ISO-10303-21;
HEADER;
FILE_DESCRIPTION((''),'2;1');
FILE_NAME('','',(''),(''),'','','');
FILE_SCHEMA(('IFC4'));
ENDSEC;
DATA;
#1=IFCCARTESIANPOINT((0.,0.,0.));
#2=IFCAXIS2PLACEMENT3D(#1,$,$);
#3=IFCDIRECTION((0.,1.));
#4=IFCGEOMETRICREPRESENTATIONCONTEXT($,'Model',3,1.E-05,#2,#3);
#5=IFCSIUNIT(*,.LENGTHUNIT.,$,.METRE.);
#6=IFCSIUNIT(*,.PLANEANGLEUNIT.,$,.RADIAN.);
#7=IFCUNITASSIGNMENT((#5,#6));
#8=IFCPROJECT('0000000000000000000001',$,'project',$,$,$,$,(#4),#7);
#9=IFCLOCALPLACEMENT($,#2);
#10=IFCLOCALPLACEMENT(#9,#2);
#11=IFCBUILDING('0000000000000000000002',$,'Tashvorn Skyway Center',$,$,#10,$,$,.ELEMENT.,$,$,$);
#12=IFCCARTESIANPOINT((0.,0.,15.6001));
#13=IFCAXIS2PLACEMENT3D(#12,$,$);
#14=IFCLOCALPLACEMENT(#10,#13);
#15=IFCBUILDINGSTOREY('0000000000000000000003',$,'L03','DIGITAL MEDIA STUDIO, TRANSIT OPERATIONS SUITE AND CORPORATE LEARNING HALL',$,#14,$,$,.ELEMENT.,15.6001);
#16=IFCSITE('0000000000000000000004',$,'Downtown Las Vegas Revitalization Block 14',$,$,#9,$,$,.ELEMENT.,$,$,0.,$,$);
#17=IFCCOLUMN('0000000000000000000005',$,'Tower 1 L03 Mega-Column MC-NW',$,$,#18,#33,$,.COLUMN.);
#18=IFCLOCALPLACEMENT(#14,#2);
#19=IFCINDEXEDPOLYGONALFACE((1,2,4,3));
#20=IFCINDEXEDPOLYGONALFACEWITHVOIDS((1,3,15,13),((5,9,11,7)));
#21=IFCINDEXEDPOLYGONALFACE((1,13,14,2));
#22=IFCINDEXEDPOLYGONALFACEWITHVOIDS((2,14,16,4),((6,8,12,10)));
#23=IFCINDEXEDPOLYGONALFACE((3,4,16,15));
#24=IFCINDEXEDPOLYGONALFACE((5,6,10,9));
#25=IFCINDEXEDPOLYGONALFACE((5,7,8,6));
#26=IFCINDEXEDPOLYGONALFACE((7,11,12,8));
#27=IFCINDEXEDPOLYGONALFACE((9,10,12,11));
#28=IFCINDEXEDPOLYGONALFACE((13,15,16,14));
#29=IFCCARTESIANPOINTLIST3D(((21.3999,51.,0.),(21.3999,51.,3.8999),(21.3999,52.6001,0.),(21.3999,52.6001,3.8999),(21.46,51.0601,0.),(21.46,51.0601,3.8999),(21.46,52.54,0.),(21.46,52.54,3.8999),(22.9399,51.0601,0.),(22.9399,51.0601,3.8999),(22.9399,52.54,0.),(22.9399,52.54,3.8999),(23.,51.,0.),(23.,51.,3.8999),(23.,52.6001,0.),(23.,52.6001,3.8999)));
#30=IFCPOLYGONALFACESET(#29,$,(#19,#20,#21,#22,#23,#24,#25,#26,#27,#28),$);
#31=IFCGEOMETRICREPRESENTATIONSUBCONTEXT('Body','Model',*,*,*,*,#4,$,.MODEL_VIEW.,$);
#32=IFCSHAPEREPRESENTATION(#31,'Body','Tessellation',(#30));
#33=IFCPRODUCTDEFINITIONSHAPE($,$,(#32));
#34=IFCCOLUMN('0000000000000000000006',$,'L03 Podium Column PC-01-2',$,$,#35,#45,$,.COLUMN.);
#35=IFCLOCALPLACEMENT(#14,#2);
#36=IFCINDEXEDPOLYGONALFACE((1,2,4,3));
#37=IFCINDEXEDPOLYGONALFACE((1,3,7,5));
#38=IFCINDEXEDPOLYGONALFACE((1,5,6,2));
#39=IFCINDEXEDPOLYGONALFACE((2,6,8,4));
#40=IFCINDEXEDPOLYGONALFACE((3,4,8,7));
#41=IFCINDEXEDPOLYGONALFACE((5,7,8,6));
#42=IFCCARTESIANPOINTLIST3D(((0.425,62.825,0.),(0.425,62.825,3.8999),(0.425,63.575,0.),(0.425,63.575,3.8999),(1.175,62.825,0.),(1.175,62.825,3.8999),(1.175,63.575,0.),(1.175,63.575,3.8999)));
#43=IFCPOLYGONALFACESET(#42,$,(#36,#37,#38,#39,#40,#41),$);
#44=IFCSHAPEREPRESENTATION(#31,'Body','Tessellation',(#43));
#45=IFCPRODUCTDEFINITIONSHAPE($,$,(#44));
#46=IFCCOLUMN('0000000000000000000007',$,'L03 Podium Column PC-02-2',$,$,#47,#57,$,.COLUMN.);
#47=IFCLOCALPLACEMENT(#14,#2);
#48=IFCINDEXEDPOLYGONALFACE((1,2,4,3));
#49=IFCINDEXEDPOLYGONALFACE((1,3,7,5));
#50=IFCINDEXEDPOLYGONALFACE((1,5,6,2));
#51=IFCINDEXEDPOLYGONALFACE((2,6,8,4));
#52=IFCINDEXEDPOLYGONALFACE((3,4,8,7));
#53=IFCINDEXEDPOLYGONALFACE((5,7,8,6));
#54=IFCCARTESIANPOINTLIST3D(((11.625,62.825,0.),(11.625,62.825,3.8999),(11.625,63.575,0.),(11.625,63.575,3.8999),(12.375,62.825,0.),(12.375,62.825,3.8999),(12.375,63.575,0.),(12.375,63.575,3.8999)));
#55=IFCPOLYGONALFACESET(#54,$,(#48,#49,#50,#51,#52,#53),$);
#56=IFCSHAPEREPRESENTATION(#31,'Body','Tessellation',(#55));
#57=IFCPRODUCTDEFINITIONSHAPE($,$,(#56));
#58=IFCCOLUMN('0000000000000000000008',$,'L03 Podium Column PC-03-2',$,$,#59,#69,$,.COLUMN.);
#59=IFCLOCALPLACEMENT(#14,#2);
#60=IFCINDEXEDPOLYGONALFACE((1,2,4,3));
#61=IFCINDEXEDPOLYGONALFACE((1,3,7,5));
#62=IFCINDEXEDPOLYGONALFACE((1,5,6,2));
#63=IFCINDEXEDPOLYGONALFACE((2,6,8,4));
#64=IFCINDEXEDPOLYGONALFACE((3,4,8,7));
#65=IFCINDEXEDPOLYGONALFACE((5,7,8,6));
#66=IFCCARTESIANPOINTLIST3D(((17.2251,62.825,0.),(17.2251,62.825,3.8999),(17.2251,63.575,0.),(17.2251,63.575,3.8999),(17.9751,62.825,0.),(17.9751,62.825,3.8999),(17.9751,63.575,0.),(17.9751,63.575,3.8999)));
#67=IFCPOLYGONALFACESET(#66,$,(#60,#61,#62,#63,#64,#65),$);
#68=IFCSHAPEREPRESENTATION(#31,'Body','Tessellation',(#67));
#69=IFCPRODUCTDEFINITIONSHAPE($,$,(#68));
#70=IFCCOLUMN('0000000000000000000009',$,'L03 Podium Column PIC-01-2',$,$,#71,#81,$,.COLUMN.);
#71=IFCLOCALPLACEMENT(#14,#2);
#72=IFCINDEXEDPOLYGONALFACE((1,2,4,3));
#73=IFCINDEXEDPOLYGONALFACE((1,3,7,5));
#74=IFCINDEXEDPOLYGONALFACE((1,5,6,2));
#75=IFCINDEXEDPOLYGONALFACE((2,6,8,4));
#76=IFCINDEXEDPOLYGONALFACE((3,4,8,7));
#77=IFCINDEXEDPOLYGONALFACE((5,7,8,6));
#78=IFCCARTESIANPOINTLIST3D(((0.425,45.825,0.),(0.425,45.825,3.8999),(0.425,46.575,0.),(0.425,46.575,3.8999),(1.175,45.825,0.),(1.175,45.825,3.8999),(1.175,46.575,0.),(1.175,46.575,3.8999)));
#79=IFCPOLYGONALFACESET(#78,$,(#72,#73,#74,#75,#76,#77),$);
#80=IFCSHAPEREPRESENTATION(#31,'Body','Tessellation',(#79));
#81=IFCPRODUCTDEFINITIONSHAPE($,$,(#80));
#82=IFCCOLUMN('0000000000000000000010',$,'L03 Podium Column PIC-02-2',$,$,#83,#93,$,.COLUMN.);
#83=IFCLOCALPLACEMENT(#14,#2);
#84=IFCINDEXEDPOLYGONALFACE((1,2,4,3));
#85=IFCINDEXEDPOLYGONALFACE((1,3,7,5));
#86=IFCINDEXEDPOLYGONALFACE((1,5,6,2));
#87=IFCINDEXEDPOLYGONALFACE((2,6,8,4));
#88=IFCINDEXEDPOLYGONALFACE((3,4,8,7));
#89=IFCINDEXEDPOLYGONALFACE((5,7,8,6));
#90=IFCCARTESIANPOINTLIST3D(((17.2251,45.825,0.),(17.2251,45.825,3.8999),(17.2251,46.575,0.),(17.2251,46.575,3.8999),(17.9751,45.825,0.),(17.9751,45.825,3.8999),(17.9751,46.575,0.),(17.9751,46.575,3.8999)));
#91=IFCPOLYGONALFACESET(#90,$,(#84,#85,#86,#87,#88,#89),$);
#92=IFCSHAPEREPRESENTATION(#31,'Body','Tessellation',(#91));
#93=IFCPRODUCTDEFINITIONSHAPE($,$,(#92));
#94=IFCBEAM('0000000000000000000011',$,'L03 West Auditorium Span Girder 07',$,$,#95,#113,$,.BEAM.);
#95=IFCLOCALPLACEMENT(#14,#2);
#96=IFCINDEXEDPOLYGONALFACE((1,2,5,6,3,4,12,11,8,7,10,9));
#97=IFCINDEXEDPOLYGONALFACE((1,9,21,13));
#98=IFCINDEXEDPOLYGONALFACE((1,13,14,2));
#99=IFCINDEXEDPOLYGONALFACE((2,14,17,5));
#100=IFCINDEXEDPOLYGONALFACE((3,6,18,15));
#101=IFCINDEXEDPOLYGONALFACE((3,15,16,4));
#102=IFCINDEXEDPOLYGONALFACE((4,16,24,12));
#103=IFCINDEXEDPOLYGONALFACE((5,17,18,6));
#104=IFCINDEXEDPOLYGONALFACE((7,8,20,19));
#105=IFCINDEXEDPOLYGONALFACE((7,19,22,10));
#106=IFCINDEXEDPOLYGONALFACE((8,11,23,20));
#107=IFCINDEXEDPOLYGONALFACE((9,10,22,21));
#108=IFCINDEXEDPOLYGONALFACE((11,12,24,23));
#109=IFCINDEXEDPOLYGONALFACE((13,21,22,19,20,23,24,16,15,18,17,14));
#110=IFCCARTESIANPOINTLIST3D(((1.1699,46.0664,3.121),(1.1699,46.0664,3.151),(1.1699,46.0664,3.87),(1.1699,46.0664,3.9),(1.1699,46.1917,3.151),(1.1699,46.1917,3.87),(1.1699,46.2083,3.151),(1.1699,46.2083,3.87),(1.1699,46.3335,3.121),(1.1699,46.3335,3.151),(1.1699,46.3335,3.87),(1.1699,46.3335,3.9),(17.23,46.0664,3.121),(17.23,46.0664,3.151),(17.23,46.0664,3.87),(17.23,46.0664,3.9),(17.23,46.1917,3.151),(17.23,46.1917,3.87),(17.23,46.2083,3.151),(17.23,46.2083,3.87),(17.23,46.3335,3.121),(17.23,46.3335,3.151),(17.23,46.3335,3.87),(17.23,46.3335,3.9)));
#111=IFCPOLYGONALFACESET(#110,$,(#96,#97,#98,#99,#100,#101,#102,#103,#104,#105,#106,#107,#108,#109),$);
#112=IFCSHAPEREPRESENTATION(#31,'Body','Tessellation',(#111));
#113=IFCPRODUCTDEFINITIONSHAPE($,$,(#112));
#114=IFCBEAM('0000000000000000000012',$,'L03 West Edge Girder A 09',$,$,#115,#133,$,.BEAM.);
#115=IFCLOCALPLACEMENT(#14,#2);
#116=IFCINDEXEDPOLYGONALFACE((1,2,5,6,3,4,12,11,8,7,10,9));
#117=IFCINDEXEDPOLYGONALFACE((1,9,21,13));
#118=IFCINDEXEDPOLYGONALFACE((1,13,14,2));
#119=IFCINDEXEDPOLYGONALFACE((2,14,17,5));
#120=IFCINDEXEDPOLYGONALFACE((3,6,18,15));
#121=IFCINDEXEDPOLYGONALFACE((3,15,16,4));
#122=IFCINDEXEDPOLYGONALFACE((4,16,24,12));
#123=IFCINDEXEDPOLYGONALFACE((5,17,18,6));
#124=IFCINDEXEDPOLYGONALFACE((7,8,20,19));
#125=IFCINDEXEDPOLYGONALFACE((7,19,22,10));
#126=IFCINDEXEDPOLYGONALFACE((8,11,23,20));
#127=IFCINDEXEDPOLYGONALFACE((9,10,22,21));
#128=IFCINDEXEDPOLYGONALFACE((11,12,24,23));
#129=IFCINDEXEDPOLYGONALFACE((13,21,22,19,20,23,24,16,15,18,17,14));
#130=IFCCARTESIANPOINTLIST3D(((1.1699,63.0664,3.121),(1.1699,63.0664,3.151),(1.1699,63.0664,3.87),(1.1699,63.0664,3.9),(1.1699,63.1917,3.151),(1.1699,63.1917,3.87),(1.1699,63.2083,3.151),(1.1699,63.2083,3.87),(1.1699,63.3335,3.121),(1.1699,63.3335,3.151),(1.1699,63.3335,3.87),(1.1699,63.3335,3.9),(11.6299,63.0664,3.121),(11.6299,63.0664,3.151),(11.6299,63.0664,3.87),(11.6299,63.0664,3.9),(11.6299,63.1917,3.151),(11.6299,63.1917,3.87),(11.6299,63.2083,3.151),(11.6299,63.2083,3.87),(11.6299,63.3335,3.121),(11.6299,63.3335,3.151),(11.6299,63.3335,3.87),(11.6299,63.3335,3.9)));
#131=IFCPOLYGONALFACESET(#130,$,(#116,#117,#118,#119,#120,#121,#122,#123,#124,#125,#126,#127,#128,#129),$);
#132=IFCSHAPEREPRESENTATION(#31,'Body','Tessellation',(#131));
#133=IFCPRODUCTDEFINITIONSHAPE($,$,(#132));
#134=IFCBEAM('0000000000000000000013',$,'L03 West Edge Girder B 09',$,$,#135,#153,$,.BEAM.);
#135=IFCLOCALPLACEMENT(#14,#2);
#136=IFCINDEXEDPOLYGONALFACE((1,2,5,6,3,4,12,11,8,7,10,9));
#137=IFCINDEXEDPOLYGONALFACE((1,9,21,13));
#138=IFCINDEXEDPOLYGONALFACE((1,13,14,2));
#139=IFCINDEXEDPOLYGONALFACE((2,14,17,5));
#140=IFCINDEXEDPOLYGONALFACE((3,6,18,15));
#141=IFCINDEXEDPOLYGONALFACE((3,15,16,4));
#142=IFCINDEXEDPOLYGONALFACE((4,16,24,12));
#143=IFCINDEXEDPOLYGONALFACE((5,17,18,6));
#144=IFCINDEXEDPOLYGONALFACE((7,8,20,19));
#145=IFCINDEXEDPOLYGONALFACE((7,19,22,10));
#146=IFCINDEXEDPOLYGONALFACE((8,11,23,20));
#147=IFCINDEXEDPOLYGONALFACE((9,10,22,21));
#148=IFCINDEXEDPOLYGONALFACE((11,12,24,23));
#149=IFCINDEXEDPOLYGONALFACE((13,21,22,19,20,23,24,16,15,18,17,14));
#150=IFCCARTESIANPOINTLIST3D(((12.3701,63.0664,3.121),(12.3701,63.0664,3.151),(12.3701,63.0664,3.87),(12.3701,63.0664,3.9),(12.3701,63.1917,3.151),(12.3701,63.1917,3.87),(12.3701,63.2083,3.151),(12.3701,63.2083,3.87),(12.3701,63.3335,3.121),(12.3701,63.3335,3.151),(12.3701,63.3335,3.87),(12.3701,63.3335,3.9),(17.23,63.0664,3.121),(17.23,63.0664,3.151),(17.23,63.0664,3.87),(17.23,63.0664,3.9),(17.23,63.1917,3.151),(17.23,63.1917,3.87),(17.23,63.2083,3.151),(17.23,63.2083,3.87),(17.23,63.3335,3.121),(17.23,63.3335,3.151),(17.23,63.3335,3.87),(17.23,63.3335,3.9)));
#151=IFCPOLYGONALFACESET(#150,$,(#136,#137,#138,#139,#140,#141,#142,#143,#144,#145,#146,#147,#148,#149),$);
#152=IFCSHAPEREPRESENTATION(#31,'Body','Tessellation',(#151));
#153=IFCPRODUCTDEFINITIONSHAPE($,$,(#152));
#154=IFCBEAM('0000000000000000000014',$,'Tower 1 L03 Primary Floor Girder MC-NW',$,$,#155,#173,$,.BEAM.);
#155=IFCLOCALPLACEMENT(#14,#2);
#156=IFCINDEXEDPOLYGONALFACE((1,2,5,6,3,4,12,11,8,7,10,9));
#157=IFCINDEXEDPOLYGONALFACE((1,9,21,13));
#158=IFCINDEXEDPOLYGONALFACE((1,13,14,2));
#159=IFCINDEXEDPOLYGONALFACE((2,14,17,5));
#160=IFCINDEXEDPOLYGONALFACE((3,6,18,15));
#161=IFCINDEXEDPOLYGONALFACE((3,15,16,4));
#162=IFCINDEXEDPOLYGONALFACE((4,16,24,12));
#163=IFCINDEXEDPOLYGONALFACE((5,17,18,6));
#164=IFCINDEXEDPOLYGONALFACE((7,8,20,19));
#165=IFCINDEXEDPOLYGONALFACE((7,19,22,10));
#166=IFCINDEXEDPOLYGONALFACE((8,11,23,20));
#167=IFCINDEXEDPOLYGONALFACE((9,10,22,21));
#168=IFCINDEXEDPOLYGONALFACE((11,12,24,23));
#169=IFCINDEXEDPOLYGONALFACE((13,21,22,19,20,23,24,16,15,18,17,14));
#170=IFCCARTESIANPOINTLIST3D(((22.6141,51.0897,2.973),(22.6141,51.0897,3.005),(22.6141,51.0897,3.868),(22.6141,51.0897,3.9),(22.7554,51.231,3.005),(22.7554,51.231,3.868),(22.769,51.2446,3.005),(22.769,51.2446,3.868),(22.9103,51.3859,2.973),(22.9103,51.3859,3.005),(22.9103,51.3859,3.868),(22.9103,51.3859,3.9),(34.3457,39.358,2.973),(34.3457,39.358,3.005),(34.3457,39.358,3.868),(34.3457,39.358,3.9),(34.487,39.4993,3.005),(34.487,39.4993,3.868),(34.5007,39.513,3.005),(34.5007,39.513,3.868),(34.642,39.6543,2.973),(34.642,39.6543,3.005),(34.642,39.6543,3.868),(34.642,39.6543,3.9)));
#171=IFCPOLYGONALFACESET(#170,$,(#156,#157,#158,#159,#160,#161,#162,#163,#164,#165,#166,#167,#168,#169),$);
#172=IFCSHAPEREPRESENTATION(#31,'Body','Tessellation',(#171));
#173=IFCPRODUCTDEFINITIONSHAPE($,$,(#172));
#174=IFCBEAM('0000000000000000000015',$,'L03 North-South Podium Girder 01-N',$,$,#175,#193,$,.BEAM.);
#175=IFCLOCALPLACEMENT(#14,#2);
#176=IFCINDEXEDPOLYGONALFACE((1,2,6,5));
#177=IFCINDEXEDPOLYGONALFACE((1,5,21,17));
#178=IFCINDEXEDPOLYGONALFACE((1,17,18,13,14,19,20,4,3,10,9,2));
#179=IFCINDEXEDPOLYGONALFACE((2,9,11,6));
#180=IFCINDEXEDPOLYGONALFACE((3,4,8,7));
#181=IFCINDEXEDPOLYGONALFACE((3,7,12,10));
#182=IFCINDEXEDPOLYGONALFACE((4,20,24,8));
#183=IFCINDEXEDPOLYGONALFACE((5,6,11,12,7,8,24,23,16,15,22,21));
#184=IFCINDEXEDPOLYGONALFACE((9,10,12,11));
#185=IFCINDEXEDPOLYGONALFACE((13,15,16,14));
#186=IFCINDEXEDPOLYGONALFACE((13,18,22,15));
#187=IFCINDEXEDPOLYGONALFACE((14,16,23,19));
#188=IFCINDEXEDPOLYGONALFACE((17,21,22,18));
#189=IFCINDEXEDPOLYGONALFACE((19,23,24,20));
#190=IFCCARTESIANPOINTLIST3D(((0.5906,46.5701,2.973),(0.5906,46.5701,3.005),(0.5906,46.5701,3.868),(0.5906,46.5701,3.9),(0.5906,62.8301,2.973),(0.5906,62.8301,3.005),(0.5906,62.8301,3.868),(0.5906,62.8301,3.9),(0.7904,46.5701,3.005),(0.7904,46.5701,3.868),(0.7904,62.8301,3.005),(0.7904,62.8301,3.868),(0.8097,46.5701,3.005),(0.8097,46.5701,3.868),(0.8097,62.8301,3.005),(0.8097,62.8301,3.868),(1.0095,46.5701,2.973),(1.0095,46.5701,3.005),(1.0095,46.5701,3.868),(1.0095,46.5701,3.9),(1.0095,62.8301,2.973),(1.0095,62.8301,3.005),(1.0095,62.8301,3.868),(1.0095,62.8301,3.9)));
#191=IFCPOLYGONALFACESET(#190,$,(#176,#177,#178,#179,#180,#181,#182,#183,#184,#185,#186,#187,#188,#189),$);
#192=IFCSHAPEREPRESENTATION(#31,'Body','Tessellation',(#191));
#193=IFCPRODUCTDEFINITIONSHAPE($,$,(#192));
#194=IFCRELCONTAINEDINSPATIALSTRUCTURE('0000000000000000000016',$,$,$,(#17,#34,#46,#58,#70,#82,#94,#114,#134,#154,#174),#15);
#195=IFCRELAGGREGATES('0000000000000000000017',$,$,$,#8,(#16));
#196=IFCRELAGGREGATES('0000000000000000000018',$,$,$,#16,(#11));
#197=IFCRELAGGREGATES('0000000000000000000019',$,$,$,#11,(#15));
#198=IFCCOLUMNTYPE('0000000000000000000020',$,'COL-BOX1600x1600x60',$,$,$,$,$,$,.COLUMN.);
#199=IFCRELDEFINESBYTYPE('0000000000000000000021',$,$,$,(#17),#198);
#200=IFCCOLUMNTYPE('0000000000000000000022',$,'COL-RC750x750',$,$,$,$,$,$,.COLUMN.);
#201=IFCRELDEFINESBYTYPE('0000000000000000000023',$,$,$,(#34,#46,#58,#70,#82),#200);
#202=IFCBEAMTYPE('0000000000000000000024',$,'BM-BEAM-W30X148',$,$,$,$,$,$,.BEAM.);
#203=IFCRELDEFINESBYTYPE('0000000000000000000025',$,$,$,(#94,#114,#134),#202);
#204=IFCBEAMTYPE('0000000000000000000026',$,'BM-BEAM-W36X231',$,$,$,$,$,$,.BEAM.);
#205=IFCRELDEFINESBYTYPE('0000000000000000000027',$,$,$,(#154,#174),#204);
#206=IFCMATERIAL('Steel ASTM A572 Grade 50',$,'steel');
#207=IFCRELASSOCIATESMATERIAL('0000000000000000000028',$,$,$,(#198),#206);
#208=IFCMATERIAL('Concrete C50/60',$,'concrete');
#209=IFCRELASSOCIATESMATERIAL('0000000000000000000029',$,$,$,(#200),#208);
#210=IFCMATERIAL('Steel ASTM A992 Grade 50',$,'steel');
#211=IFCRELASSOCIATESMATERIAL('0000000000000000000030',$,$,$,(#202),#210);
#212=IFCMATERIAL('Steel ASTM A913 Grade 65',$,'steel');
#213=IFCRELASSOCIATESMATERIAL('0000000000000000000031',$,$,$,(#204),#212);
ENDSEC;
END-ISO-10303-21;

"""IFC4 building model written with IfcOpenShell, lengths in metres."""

from ifc_helpers import new_model, si_unit, direction, frame, origin, origin_2d, place, context, subcontext, project, spatial, rectangle, hollow_rectangle, i_section, extrude, material, material_profile, profile_set, type_object, element, save


model = new_model("IFC4")

# Units and contexts
model_context = context("Model", 3, precision=1e-05, world=origin(), true_north=direction((0.0, 1.0)))
body_context = subcontext(model_context, "Body", "Model", "MODEL_VIEW")
ifc_project = project(units=[si_unit("LENGTHUNIT", "METRE"), si_unit("PLANEANGLEUNIT", "RADIAN")], contexts=[model_context])

# Site, building, storey
site_placement = place(None, origin())
site = spatial("IfcSite", under=ifc_project, at=site_placement, Name="Downtown Las Vegas Revitalization Block 14", CompositionType="ELEMENT", RefElevation=0.0)
building_placement = place(site_placement, origin())
building = spatial("IfcBuilding", under=site, at=building_placement, Name="Tashvorn Skyway Center", CompositionType="ELEMENT")
storey_placement = place(building_placement, frame((0.0, 0.0, 15.6001)))
storey = spatial("IfcBuildingStorey", under=building, at=storey_placement, Name="L03", Description="DIGITAL MEDIA STUDIO, TRANSIT OPERATIONS SUITE AND CORPORATE LEARNING HALL", CompositionType="ELEMENT", Elevation=15.6001)

# Columns
ifc_material_1 = material(Name="Steel ASTM A572 Grade 50", Category="steel")
ifc_material_profile_1 = material_profile(ifc_material_1, hollow_rectangle(XDim=1.6001, YDim=1.6001, WallThickness=0.0601, at=origin_2d()), Name="BOX1600x1600x60")
ifc_profile_set_1 = profile_set([ifc_material_profile_1], Name="Steel ASTM A572 Grade 50")
column_type_1 = type_object("IfcColumnType", Name="COL-BOX1600x1600x60", PredefinedType="COLUMN", material=ifc_profile_set_1)
column_placement = place(storey_placement, frame((22.2, 51.8, 0.0), z_axis=(0.0, 0.0, 1.0), x_axis=(1.0, 0.0, 0.0)))
element("IfcColumn", 1, at=column_placement, inside=storey, type_object=column_type_1, Name="Tower 1 L03 Mega-Column MC-NW", PredefinedType="COLUMN", context=body_context, shape_type="SweptSolid", body=[
    extrude(hollow_rectangle(XDim=1.6001, YDim=1.6001, WallThickness=0.0601, at=origin_2d()), origin(), (0.0, 0.0, 1.0), 3.8999),
])
ifc_material_2 = material(Name="Concrete C50/60", Category="concrete")
ifc_material_profile_2 = material_profile(ifc_material_2, rectangle(XDim=0.75, YDim=0.75, at=origin_2d()), Name="RC750x750")
ifc_profile_set_2 = profile_set([ifc_material_profile_2], Name="Concrete C50/60")
column_type_2 = type_object("IfcColumnType", Name="COL-RC750x750", PredefinedType="COLUMN", material=ifc_profile_set_2)
for number, where, z_axis, x_axis, name in (
    (2, (0.8, 63.2, 0.0), (0.0, 0.0, 1.0), (1.0, 0.0, 0.0), "L03 Podium Column PC-01-2"),
    (3, (12.0, 63.2, 0.0), (0.0, 0.0, 1.0), (1.0, 0.0, 0.0), "L03 Podium Column PC-02-2"),
    (4, (17.6001, 63.2, 0.0), (0.0, 0.0, 1.0), (1.0, 0.0, 0.0), "L03 Podium Column PC-03-2"),
    (5, (0.8, 46.2, 0.0), (0.0, 0.0, 1.0), (1.0, 0.0, 0.0), "L03 Podium Column PIC-01-2"),
    (6, (17.6001, 46.2, 0.0), (0.0, 0.0, 1.0), (1.0, 0.0, 0.0), "L03 Podium Column PIC-02-2"),
):
    element("IfcColumn", number, at=place(storey_placement, frame(where, z_axis=z_axis, x_axis=x_axis)), inside=storey, type_object=column_type_2, Name=name, PredefinedType="COLUMN", context=body_context, shape_type="SweptSolid", body=[
        extrude(rectangle(XDim=0.75, YDim=0.75, at=origin_2d()), origin(), (0.0, 0.0, 1.0), 3.8999),
    ])

# Beams
ifc_material_3 = material(Name="Steel ASTM A992 Grade 50", Category="steel")
ifc_material_profile_3 = material_profile(ifc_material_3, i_section(OverallWidth=0.2671, OverallDepth=0.7791, WebThickness=0.0166, FlangeThickness=0.03, at=origin_2d()), Name="W30X148")
ifc_profile_set_3 = profile_set([ifc_material_profile_3], Name="Steel ASTM A992 Grade 50")
beam_type_1 = type_object("IfcBeamType", Name="BM-BEAM-W30X148", PredefinedType="BEAM", material=ifc_profile_set_3)
beam_1_placement = place(storey_placement, frame((1.1699, 46.2, 3.5105), z_axis=(1.0, 0.0, 0.0), x_axis=(0.0, 1.0, 0.0)))
element("IfcBeam", 7, at=beam_1_placement, inside=storey, type_object=beam_type_1, Name="L03 West Auditorium Span Girder 07", PredefinedType="BEAM", context=body_context, shape_type="SweptSolid", body=[
    extrude(i_section(OverallWidth=0.2671, OverallDepth=0.7791, WebThickness=0.0166, FlangeThickness=0.03, at=origin_2d()), origin(), (0.0, 0.0, 1.0), 16.0601),
])
beam_2_placement = place(storey_placement, frame((1.1699, 63.2, 3.5105), z_axis=(1.0, 0.0, 0.0), x_axis=(0.0, 1.0, 0.0)))
element("IfcBeam", 8, at=beam_2_placement, inside=storey, type_object=beam_type_1, Name="L03 West Edge Girder A 09", PredefinedType="BEAM", context=body_context, shape_type="SweptSolid", body=[
    extrude(i_section(OverallWidth=0.2671, OverallDepth=0.7791, WebThickness=0.0166, FlangeThickness=0.03, at=origin_2d()), origin(), (0.0, 0.0, 1.0), 10.46),
])
beam_3_placement = place(storey_placement, frame((12.3701, 63.2, 3.5105), z_axis=(1.0, 0.0, 0.0), x_axis=(0.0, 1.0, 0.0)))
element("IfcBeam", 9, at=beam_3_placement, inside=storey, type_object=beam_type_1, Name="L03 West Edge Girder B 09", PredefinedType="BEAM", context=body_context, shape_type="SweptSolid", body=[
    extrude(i_section(OverallWidth=0.2671, OverallDepth=0.7791, WebThickness=0.0166, FlangeThickness=0.03, at=origin_2d()), origin(), (0.0, 0.0, 1.0), 4.8599),
])
ifc_material_4 = material(Name="Steel ASTM A913 Grade 65", Category="steel")
ifc_material_profile_4 = material_profile(ifc_material_4, i_section(OverallWidth=0.4189, OverallDepth=0.927, WebThickness=0.0193, FlangeThickness=0.032, at=origin_2d()), Name="W36X231")
ifc_profile_set_4 = profile_set([ifc_material_profile_4], Name="Steel ASTM A913 Grade 65")
beam_type_2 = type_object("IfcBeamType", Name="BM-BEAM-W36X231", PredefinedType="BEAM", material=ifc_profile_set_4)
beam_4_placement = place(storey_placement, frame((22.7622, 51.2378, 3.4365), z_axis=(0.707107, -0.707107, 0.0), x_axis=(0.707107, 0.707107, 0.0)))
element("IfcBeam", 10, at=beam_4_placement, inside=storey, type_object=beam_type_2, Name="Tower 1 L03 Primary Floor Girder MC-NW", PredefinedType="BEAM", context=body_context, shape_type="SweptSolid", body=[
    extrude(i_section(OverallWidth=0.4189, OverallDepth=0.927, WebThickness=0.0193, FlangeThickness=0.032, at=origin_2d()), origin(), (0.0, 0.0, 1.0), 16.5911),
])
for number, where, z_axis, x_axis, name in (
    (11, (0.8, 46.5701, 3.4365), (0.0, 1.0, 0.0), (-1.0, 0.0, 0.0), "L03 North-South Podium Girder 01-N"),
):
    element("IfcBeam", number, at=place(storey_placement, frame(where, z_axis=z_axis, x_axis=x_axis)), inside=storey, type_object=beam_type_2, Name=name, PredefinedType="BEAM", context=body_context, shape_type="SweptSolid", body=[
        extrude(i_section(OverallWidth=0.4189, OverallDepth=0.927, WebThickness=0.0193, FlangeThickness=0.032, at=origin_2d()), origin(), (0.0, 0.0, 1.0), 16.26),
    ])

save(model, "model.ifc")
